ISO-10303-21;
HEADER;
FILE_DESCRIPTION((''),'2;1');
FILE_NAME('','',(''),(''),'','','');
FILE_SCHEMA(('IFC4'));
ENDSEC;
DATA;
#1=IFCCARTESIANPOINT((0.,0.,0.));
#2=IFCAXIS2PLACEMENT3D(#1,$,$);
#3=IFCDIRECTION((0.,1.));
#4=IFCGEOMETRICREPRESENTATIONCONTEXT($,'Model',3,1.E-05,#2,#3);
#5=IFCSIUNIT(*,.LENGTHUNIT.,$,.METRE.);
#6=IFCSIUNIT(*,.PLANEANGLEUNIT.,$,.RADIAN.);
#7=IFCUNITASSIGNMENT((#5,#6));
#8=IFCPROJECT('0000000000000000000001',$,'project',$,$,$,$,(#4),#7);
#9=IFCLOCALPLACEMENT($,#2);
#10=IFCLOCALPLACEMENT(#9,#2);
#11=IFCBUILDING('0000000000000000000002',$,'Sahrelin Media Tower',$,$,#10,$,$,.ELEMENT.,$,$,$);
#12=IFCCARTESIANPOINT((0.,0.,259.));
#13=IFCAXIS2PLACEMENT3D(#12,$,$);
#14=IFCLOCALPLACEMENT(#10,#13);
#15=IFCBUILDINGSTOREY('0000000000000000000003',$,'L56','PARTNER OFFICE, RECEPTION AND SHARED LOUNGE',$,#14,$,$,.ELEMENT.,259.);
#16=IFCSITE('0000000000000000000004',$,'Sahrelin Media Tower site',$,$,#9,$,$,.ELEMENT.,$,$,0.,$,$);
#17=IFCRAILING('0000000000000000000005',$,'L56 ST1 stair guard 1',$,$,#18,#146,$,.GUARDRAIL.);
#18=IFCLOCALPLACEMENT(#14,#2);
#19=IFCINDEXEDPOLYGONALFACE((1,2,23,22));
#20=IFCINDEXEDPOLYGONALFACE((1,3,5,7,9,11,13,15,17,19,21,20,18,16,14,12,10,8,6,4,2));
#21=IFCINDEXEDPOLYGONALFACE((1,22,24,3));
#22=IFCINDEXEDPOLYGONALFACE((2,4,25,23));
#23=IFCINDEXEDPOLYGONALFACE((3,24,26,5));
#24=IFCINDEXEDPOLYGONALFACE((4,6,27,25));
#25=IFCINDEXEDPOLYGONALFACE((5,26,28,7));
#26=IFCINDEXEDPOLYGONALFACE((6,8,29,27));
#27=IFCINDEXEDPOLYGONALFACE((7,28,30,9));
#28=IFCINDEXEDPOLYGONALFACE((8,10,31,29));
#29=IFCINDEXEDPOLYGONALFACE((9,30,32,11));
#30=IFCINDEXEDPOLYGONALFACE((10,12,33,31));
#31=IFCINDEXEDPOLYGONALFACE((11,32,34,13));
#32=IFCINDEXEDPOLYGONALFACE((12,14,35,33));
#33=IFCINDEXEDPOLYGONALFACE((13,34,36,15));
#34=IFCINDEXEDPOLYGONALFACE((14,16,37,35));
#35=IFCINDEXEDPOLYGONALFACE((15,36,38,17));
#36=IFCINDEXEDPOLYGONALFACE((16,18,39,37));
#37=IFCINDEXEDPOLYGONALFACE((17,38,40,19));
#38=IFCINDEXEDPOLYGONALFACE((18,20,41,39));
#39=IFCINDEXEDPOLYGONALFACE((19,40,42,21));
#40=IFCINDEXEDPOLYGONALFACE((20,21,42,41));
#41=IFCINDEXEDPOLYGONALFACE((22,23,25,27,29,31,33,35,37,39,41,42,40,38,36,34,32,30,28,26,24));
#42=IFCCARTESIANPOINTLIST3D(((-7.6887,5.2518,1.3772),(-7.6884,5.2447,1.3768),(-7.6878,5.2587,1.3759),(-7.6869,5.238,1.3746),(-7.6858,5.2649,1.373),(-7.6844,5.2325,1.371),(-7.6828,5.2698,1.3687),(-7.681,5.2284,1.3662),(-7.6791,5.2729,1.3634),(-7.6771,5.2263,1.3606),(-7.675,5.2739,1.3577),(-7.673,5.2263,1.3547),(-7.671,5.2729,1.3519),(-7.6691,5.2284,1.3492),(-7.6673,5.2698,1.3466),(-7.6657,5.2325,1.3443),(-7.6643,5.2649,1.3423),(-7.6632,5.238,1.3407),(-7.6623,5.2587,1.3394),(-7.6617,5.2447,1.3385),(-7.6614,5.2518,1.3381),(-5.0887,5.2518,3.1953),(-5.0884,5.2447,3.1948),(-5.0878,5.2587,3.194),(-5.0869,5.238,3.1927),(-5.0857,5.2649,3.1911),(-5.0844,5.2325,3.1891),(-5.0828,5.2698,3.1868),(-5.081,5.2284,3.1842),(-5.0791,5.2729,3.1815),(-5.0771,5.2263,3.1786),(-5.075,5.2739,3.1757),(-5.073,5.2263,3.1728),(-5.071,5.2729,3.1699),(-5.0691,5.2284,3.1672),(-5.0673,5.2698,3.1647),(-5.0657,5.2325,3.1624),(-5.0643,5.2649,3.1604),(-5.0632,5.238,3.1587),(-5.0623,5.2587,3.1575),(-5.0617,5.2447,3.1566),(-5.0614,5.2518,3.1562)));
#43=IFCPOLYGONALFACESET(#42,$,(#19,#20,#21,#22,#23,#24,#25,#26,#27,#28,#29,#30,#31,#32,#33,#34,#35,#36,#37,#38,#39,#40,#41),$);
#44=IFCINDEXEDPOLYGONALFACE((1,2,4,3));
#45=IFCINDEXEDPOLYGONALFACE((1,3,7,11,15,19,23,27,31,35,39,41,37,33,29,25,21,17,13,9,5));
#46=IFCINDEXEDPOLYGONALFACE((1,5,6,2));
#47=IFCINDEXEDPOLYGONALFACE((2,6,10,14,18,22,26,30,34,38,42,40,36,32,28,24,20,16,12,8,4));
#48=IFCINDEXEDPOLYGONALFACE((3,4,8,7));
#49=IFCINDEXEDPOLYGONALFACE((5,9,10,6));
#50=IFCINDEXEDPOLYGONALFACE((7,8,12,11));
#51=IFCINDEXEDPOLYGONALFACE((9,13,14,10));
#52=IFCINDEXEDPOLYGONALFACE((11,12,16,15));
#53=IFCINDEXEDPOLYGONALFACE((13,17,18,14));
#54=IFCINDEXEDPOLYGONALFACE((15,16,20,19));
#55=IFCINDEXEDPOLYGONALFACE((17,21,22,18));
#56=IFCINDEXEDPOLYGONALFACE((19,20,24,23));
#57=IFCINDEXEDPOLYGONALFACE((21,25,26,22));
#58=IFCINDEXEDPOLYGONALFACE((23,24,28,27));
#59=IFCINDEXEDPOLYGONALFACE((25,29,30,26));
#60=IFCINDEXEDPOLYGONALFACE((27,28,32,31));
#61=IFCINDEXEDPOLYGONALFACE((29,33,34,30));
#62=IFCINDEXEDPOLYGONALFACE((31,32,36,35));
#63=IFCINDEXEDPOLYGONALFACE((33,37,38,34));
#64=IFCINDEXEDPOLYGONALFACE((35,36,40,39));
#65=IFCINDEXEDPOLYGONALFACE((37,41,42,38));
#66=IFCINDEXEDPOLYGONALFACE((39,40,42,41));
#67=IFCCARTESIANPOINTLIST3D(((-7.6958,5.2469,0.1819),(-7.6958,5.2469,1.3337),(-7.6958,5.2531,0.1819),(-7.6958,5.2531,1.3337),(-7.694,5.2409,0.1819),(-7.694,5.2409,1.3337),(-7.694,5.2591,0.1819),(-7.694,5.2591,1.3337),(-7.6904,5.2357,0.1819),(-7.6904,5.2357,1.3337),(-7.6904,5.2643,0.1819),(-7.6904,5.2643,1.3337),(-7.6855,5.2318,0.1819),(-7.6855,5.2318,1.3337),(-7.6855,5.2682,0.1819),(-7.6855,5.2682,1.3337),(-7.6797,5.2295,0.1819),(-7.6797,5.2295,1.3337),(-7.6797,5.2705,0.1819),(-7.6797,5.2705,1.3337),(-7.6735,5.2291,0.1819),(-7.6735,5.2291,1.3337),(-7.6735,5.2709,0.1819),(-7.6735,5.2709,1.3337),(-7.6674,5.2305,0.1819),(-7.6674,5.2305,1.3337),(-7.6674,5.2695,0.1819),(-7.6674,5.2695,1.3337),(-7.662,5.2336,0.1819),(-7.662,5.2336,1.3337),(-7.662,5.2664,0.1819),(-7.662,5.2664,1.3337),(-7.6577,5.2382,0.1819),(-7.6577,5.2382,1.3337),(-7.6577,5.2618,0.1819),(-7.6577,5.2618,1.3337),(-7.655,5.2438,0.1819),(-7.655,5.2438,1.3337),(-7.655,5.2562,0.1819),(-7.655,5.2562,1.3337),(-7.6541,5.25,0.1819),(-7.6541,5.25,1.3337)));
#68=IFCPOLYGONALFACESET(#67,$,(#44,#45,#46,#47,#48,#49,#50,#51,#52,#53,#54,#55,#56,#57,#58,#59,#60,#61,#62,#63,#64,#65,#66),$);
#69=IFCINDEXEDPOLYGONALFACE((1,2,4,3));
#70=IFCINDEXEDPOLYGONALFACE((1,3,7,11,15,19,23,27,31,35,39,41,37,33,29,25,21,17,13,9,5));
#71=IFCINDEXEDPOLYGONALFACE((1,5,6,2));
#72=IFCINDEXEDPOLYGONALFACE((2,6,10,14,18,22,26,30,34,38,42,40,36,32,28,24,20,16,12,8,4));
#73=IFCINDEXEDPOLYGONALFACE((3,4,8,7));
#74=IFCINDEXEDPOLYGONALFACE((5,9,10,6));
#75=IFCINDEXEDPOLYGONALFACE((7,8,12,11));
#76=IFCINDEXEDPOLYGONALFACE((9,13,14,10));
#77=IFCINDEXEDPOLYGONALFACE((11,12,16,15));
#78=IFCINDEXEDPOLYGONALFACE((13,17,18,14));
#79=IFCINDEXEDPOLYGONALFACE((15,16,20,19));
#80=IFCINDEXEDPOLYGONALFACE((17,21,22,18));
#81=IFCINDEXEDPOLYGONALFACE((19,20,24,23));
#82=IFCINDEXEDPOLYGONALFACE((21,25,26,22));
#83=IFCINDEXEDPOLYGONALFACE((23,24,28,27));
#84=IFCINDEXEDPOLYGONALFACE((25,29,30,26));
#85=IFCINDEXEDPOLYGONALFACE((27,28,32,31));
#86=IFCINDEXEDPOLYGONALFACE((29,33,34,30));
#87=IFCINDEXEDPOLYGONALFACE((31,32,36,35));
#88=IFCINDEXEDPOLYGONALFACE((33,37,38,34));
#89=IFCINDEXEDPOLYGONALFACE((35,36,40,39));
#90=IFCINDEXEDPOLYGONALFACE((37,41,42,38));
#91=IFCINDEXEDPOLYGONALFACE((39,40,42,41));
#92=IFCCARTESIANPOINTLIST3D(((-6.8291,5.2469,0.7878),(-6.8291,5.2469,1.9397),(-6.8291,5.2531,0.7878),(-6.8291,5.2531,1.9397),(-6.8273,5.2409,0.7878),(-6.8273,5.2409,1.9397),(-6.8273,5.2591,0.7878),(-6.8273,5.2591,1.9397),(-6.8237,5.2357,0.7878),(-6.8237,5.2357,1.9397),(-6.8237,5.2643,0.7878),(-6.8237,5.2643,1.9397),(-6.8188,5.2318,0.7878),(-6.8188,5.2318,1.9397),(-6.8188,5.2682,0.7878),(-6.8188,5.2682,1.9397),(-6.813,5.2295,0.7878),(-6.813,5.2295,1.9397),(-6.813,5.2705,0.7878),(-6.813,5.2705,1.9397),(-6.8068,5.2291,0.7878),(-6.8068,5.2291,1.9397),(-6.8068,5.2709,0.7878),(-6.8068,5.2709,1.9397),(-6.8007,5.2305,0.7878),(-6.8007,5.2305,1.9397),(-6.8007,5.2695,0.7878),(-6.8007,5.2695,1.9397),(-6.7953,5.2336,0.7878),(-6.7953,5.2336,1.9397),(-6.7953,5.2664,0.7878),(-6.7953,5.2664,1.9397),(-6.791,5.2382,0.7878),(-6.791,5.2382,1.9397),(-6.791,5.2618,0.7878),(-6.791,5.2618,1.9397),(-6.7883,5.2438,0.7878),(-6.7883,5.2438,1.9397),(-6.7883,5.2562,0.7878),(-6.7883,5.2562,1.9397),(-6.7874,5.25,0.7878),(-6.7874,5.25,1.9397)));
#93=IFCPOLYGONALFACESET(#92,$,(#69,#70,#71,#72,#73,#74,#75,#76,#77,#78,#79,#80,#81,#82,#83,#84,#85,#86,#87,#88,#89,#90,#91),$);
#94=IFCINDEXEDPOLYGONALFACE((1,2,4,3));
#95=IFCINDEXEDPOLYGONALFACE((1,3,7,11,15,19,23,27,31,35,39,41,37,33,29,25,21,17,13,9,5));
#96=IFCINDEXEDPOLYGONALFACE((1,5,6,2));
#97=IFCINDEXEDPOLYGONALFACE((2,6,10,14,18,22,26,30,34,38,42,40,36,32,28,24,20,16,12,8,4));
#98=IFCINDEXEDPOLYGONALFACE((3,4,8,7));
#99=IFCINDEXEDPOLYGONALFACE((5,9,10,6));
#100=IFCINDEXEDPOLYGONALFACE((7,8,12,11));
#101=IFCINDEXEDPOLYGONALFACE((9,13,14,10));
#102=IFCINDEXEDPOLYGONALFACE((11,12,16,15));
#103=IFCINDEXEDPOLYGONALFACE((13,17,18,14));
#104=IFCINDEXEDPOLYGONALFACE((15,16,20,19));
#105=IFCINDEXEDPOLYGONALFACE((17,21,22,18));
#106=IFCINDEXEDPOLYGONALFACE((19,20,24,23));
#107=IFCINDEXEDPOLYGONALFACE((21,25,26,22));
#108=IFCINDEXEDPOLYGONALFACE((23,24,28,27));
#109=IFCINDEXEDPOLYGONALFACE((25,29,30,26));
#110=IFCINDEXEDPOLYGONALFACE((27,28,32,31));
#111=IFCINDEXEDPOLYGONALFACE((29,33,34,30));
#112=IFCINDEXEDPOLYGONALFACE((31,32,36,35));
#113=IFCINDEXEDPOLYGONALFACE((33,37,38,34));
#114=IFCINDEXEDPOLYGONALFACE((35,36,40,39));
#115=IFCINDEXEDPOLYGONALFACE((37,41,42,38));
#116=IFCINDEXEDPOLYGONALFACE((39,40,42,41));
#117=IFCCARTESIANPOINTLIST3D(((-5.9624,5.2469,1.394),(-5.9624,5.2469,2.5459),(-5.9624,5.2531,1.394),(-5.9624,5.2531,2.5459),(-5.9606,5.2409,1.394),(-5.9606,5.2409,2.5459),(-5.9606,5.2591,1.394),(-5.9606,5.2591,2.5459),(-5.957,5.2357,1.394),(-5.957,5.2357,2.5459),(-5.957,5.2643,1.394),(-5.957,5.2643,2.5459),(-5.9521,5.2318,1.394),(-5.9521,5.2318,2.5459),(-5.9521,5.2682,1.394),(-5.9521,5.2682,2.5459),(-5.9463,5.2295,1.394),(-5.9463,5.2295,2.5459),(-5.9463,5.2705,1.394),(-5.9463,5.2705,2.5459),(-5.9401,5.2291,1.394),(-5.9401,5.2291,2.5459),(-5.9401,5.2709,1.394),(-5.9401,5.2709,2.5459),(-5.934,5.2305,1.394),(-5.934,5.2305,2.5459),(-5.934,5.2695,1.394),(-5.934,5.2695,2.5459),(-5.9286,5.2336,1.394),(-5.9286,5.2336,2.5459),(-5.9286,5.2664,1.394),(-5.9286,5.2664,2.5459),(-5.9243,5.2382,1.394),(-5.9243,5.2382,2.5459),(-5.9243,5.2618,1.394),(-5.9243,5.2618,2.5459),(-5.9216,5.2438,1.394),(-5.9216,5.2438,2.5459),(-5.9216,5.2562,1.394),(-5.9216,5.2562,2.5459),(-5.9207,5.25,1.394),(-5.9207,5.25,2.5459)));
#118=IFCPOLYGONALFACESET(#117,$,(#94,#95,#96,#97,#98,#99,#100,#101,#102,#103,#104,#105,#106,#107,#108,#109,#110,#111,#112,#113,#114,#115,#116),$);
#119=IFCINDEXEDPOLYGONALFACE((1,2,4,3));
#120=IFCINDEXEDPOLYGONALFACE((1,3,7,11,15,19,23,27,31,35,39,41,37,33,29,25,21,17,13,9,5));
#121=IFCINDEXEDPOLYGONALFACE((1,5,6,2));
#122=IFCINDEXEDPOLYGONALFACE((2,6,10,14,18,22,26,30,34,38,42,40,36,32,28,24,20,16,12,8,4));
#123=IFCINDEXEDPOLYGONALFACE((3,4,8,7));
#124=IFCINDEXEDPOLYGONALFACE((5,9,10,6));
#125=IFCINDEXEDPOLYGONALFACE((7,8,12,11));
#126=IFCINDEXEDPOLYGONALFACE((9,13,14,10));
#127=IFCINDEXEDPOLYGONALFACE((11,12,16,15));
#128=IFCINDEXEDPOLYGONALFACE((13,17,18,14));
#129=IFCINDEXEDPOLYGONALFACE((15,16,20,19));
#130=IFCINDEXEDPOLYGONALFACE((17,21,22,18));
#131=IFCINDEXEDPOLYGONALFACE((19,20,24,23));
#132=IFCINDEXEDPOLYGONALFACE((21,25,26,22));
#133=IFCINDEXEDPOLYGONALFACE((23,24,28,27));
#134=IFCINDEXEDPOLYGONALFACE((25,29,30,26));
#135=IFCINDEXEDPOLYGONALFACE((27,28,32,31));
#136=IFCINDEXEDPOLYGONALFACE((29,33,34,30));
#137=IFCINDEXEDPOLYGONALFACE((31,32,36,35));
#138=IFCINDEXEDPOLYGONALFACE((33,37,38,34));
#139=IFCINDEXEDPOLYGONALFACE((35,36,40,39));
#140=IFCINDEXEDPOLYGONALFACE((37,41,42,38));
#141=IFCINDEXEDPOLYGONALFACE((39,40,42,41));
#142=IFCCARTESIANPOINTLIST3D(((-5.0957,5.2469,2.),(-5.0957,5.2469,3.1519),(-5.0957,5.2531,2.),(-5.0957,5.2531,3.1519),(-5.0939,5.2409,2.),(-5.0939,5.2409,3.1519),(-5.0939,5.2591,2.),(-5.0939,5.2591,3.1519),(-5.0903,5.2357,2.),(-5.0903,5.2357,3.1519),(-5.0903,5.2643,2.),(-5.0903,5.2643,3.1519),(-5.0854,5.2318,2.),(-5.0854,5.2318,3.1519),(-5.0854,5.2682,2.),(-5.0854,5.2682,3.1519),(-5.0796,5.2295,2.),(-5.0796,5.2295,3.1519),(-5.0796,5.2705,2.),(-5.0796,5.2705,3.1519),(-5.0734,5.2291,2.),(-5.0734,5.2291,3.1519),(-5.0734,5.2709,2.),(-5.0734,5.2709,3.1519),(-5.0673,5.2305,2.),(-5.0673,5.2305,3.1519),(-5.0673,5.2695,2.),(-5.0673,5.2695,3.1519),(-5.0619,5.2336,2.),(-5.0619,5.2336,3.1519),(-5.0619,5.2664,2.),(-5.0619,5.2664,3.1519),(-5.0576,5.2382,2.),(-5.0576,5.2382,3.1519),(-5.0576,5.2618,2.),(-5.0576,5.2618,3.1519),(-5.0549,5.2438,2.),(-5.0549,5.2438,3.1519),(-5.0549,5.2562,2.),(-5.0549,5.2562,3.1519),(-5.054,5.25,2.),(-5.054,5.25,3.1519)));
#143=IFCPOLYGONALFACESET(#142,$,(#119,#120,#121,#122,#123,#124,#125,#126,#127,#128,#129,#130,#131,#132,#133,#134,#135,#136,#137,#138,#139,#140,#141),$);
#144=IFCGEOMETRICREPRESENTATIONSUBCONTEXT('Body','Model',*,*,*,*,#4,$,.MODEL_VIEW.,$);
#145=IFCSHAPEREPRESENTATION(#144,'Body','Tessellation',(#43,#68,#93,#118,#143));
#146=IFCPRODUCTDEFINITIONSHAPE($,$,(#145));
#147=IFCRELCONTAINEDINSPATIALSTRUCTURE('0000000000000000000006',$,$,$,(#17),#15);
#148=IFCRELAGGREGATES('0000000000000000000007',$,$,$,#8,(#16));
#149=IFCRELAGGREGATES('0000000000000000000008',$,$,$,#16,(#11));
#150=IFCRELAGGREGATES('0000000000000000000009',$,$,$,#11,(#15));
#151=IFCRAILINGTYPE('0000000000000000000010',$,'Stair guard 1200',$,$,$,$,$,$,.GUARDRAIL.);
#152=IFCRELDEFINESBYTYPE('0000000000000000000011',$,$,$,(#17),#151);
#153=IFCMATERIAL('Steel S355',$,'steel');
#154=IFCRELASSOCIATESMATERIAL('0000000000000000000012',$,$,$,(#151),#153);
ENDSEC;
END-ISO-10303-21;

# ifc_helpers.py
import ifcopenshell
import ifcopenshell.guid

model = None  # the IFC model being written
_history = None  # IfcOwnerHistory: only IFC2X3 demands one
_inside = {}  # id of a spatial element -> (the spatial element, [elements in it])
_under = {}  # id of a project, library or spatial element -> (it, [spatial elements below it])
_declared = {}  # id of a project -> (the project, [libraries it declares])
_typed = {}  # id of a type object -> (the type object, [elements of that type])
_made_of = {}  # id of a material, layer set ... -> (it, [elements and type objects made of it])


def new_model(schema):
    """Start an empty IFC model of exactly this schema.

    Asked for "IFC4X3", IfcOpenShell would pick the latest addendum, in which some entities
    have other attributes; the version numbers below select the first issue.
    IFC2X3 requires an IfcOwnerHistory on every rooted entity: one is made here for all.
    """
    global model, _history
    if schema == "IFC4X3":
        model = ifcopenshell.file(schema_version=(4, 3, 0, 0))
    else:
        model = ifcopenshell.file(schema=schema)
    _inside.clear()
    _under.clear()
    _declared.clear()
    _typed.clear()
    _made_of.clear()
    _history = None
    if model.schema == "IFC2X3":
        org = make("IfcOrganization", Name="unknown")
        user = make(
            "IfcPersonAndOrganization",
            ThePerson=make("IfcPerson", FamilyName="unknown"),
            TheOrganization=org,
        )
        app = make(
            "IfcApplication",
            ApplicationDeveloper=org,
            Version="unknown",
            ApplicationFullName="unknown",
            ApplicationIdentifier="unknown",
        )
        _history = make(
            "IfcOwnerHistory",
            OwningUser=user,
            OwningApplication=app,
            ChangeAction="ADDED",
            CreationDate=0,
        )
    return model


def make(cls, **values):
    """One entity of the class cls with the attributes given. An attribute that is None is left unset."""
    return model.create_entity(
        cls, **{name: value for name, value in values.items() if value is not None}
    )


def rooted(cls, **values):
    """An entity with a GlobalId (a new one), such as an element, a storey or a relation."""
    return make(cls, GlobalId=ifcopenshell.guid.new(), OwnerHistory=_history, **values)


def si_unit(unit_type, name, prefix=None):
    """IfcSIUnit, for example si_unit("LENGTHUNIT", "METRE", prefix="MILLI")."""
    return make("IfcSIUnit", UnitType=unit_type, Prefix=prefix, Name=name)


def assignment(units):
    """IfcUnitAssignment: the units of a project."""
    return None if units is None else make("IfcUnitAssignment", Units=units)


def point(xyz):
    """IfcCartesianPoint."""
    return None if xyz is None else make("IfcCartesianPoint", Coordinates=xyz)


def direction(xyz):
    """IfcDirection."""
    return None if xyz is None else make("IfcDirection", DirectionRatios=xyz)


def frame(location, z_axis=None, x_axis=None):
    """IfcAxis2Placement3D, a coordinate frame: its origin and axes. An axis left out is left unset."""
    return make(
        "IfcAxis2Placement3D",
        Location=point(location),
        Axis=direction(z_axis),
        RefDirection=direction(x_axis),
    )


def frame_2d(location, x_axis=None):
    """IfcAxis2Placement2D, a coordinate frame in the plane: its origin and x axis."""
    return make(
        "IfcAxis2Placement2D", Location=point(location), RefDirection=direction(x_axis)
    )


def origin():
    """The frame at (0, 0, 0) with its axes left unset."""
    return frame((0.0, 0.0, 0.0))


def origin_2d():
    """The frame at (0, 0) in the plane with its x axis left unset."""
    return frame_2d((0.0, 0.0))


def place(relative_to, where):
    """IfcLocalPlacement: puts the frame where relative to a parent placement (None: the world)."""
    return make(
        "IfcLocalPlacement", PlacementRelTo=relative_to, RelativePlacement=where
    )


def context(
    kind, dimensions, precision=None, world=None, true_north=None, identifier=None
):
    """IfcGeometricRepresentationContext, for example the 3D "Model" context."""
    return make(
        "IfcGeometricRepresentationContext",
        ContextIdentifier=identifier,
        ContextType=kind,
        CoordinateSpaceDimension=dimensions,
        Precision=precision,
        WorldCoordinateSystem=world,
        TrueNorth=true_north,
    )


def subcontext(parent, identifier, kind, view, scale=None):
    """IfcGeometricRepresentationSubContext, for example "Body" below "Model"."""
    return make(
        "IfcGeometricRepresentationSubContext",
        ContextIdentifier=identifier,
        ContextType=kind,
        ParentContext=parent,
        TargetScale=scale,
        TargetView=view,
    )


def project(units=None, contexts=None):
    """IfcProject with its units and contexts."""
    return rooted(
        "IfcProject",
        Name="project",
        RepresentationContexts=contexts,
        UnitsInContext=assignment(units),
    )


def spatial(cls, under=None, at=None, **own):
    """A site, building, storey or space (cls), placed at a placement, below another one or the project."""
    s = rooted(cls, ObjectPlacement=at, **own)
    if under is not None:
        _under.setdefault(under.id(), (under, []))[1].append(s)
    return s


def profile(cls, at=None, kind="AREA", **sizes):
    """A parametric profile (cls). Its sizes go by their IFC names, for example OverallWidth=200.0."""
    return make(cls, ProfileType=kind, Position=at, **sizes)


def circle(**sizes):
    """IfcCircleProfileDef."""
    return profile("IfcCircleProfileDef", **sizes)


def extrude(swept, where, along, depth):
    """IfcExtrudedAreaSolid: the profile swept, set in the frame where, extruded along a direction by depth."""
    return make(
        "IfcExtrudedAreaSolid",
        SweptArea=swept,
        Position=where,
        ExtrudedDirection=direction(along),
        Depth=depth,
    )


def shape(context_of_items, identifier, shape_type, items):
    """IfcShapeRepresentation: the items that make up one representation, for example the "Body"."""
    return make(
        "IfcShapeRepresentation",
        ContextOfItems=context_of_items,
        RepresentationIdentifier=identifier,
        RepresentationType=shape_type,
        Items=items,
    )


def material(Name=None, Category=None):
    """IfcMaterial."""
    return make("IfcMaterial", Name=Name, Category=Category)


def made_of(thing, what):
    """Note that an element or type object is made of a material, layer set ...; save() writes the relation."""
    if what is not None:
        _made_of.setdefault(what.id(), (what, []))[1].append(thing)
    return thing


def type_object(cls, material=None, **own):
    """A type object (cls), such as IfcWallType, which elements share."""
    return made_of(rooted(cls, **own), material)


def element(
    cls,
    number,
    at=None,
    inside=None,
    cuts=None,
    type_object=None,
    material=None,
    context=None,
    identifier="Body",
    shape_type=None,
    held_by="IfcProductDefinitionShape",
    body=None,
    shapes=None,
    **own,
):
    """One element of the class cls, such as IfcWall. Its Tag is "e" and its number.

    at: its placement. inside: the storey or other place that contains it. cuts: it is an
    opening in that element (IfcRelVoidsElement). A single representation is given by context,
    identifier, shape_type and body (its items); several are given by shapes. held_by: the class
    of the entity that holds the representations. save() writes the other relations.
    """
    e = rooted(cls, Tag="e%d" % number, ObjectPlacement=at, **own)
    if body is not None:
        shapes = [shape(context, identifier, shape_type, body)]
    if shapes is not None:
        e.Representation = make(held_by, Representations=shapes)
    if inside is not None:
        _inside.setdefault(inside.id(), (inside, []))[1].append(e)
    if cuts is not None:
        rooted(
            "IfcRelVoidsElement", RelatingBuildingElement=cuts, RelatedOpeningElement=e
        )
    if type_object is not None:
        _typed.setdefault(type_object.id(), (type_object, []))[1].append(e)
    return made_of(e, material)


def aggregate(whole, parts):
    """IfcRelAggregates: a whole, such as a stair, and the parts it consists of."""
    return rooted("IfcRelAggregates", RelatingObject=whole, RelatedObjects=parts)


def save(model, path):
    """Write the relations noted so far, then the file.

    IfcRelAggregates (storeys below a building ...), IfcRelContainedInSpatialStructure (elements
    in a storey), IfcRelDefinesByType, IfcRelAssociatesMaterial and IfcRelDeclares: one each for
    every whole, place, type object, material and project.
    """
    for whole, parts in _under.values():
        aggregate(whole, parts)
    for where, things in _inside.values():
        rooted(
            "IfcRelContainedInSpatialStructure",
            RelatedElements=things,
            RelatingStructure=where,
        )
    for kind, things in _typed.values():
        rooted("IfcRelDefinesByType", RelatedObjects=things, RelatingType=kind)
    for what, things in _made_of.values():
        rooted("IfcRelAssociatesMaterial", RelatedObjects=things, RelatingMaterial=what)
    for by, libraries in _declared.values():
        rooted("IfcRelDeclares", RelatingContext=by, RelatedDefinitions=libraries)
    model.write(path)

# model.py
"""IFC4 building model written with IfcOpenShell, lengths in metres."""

from ifc_helpers import new_model, si_unit, direction, frame, origin, origin_2d, place, context, subcontext, project, spatial, circle, extrude, material, type_object, element, save


model = new_model("IFC4")

# Units and contexts
model_context = context("Model", 3, precision=1e-05, world=origin(), true_north=direction((0.0, 1.0)))
body_context = subcontext(model_context, "Body", "Model", "MODEL_VIEW")
ifc_project = project(units=[si_unit("LENGTHUNIT", "METRE"), si_unit("PLANEANGLEUNIT", "RADIAN")], contexts=[model_context])

# Site, building, storey
site_placement = place(None, origin())
site = spatial("IfcSite", under=ifc_project, at=site_placement, Name="Sahrelin Media Tower site", CompositionType="ELEMENT", RefElevation=0.0)
building_placement = place(site_placement, origin())
building = spatial("IfcBuilding", under=site, at=building_placement, Name="Sahrelin Media Tower", CompositionType="ELEMENT")
storey_placement = place(building_placement, frame((0.0, 0.0, 259.0)))
storey = spatial("IfcBuildingStorey", under=building, at=storey_placement, Name="L56", Description="PARTNER OFFICE, RECEPTION AND SHARED LOUNGE", CompositionType="ELEMENT", Elevation=259.0)

# Shared definitions
ifc_material_1 = material(Name="Steel S355", Category="steel")

# Railing
railing_type_1 = type_object("IfcRailingType", Name="Stair guard 1200", PredefinedType="GUARDRAIL", material=ifc_material_1)
railing_1_placement = place(storey_placement, frame((-7.675, 5.25, 0.1819)))
element("IfcRailing", 1, at=railing_1_placement, inside=storey, type_object=railing_type_1, Name="L56 ST1 stair guard 1", PredefinedType="GUARDRAIL", context=body_context, shape_type="SweptSolid", body=[
    extrude(circle(Radius=0.0239, at=origin_2d()), frame((0.0, 0.0, 1.1758), z_axis=(0.819521, 0.0, 0.573049), x_axis=(0.0, 1.0, 0.0)), (0.0, 0.0, 1.0), 3.1726),
    extrude(circle(Radius=0.021, at=origin_2d()), origin(), (0.0, 0.0, 1.0), 1.1519),
    extrude(circle(Radius=0.021, at=origin_2d()), frame((0.8667, 0.0, 0.606)), (0.0, 0.0, 1.0), 1.1519),
    extrude(circle(Radius=0.021, at=origin_2d()), frame((1.7334, 0.0, 1.2122)), (0.0, 0.0, 1.0), 1.1519),
    extrude(circle(Radius=0.021, at=origin_2d()), frame((2.6001, 0.0, 1.8181)), (0.0, 0.0, 1.0), 1.1519),
])

save(model, "model.ifc")
